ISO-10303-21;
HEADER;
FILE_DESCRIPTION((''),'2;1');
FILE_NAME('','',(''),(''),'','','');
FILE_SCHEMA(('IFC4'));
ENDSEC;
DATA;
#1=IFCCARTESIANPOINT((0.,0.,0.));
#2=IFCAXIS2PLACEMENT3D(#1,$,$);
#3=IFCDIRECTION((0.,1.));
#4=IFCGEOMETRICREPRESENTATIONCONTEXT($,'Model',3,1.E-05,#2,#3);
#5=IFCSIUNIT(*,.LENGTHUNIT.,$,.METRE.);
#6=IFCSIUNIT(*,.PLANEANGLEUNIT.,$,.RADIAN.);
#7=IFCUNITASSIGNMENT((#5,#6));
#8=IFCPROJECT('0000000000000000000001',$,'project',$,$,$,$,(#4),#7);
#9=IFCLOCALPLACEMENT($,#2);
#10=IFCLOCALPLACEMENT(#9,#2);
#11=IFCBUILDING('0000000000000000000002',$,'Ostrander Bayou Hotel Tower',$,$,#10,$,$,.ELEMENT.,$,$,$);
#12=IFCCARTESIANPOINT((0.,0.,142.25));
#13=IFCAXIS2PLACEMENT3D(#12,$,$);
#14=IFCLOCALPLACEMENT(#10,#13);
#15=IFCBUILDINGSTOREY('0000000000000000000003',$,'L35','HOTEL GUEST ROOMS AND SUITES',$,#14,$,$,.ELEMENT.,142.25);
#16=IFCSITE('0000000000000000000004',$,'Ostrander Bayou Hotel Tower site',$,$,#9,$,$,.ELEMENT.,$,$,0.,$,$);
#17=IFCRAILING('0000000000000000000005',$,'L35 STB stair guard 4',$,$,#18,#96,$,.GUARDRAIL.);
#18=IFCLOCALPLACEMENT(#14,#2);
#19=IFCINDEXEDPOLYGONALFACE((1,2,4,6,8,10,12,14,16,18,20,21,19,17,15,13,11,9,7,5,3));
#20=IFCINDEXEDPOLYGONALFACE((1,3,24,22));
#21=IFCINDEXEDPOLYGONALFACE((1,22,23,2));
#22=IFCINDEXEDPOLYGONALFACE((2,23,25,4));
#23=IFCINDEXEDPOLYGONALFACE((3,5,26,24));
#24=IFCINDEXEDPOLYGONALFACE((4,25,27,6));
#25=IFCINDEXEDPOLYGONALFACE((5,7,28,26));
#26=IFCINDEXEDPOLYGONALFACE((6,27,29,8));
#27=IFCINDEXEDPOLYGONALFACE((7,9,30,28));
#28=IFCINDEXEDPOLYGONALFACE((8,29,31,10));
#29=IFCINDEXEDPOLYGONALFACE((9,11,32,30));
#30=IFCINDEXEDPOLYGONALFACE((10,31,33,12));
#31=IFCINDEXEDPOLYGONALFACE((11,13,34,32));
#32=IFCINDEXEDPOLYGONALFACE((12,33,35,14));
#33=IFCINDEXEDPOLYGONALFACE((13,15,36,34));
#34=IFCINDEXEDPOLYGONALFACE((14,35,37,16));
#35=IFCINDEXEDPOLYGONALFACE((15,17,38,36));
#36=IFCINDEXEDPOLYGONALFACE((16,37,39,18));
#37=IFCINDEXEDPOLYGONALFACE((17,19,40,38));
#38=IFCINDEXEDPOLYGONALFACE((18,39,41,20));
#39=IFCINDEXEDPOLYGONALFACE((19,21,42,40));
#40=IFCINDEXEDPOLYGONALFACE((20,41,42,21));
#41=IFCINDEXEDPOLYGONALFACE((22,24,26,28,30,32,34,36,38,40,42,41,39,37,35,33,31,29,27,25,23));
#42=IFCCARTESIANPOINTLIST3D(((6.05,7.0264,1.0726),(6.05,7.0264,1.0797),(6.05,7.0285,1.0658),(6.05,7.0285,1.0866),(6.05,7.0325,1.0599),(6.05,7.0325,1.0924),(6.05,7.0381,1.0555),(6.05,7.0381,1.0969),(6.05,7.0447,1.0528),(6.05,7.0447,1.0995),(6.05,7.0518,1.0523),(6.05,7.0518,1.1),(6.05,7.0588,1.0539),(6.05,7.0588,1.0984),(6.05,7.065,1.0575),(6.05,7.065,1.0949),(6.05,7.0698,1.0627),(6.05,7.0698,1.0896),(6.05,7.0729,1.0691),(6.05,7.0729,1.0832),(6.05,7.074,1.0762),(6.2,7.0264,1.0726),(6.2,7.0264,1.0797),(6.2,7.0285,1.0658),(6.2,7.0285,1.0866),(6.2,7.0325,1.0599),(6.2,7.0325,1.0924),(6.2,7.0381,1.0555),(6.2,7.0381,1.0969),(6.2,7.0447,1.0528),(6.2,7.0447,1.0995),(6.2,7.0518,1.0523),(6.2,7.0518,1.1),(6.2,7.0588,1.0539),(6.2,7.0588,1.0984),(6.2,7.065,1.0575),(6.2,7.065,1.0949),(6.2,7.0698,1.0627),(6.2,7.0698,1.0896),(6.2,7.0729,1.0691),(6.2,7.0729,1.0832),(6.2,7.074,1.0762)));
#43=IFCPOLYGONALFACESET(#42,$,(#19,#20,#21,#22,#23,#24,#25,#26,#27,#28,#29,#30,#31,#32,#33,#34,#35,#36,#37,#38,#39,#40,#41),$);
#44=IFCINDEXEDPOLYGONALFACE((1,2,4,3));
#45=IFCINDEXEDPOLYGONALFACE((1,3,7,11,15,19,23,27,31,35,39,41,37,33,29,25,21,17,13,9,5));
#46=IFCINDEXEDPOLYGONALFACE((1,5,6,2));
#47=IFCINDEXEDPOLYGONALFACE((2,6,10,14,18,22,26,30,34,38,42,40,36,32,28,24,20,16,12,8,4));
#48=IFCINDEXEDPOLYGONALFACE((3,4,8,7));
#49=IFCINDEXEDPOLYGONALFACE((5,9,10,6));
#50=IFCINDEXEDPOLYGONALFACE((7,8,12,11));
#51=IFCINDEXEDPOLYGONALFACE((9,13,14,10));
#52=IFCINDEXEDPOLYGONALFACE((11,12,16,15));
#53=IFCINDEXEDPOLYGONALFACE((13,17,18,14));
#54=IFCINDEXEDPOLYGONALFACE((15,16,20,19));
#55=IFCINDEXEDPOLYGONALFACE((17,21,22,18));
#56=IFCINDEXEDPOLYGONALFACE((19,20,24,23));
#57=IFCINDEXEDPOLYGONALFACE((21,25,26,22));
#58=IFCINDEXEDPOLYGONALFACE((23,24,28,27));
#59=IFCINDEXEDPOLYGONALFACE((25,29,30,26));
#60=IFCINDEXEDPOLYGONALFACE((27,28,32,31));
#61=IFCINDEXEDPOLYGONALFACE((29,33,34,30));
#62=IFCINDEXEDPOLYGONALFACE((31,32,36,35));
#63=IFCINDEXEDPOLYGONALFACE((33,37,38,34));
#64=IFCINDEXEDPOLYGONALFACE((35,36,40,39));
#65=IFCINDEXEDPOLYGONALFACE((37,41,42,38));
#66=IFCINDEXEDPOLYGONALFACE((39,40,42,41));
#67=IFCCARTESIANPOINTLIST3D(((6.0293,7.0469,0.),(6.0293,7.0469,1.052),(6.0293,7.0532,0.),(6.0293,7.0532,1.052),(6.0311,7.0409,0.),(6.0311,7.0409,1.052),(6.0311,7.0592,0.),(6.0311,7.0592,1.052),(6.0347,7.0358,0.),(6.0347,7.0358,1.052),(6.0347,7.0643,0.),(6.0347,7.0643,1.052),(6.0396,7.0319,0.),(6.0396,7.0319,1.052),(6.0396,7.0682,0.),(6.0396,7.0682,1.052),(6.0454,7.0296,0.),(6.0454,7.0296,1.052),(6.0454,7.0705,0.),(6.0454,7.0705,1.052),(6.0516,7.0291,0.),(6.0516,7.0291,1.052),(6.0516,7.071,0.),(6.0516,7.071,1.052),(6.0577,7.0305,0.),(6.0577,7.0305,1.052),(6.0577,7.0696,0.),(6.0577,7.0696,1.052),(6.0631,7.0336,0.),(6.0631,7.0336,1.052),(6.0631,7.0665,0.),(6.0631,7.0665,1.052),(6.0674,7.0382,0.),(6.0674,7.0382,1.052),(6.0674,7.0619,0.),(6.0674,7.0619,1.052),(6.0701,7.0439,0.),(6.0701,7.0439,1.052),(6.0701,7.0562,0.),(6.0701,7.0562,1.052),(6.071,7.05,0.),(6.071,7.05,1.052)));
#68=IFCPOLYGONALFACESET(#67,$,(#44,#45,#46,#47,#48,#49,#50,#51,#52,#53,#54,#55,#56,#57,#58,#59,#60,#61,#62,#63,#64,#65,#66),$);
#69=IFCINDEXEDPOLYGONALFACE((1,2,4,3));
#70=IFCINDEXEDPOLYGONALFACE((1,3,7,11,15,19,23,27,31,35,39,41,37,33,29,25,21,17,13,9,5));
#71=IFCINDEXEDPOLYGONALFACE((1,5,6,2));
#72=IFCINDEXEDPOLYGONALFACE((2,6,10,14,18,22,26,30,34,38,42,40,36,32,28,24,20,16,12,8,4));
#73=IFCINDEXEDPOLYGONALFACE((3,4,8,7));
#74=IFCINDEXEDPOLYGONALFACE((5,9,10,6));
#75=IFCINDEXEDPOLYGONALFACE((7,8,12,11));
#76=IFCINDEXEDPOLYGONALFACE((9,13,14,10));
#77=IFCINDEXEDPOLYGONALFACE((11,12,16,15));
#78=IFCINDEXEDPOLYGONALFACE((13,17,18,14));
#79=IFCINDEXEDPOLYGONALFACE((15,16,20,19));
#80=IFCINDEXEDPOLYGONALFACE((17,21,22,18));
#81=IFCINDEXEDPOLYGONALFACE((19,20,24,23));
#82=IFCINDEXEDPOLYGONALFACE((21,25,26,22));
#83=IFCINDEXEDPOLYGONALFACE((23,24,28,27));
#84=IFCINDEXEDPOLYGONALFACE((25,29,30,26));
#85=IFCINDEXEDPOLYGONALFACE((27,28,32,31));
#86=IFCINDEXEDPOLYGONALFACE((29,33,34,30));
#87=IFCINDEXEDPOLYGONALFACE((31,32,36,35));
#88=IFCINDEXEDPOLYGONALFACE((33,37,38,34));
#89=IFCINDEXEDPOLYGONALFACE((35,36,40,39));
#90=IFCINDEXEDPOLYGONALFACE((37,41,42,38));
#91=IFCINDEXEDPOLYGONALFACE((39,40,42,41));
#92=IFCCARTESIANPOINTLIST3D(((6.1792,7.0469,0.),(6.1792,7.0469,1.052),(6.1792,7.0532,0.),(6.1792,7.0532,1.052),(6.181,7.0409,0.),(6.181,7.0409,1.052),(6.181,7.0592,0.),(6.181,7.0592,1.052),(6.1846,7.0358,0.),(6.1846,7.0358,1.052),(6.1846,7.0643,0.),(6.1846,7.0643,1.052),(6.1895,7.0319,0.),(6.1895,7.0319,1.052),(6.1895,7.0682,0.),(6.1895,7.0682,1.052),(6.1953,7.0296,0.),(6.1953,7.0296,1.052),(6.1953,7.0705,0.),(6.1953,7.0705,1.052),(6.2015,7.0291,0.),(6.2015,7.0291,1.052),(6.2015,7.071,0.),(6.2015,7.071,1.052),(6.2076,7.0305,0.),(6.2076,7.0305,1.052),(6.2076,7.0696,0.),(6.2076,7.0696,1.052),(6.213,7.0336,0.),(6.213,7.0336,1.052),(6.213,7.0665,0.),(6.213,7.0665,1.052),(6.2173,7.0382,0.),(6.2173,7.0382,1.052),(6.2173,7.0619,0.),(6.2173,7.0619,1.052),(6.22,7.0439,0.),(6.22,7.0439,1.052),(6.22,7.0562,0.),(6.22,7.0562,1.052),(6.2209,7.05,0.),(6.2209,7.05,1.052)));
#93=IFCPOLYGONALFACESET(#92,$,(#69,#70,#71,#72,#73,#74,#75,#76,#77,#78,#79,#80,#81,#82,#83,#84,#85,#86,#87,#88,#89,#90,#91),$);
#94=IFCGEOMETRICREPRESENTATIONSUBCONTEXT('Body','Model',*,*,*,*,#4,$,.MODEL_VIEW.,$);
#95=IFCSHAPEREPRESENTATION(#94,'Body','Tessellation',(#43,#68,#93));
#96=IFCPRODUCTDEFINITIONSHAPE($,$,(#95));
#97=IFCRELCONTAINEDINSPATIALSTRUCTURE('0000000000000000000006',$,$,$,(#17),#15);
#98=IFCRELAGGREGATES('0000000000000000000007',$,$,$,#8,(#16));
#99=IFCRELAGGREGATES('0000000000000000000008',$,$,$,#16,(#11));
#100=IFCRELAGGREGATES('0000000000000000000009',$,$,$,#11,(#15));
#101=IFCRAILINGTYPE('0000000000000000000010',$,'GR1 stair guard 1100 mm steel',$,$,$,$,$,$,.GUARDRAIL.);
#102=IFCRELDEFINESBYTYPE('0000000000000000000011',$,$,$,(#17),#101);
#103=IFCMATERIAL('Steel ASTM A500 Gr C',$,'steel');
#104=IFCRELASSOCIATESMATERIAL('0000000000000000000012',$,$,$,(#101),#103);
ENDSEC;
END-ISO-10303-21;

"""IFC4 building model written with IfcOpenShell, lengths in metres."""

from ifc_helpers import new_model, si_unit, direction, frame, origin, origin_2d, place, context, subcontext, project, spatial, circle, extrude, material, type_object, element, save


model = new_model("IFC4")

# Units and contexts
model_context = context("Model", 3, precision=1e-05, world=origin(), true_north=direction((0.0, 1.0)))
body_context = subcontext(model_context, "Body", "Model", "MODEL_VIEW")
ifc_project = project(units=[si_unit("LENGTHUNIT", "METRE"), si_unit("PLANEANGLEUNIT", "RADIAN")], contexts=[model_context])

# Site, building, storey
site_placement = place(None, origin())
site = spatial("IfcSite", under=ifc_project, at=site_placement, Name="Ostrander Bayou Hotel Tower site", CompositionType="ELEMENT", RefElevation=0.0)
building_placement = place(site_placement, origin())
building = spatial("IfcBuilding", under=site, at=building_placement, Name="Ostrander Bayou Hotel Tower", CompositionType="ELEMENT")
storey_placement = place(building_placement, frame((0.0, 0.0, 142.25)))
storey = spatial("IfcBuildingStorey", under=building, at=storey_placement, Name="L35", Description="HOTEL GUEST ROOMS AND SUITES", CompositionType="ELEMENT", Elevation=142.25)

# Railing
ifc_material_1 = material(Name="Steel ASTM A500 Gr C", Category="steel")
railing_type_1 = type_object("IfcRailingType", Name="GR1 stair guard 1100 mm steel", PredefinedType="GUARDRAIL", material=ifc_material_1)
railing_1_placement = place(storey_placement, frame((6.05, 7.05, 0.0)))
element("IfcRailing", 1, at=railing_1_placement, inside=storey, type_object=railing_type_1, Name="L35 STB stair guard 4", PredefinedType="GUARDRAIL", context=body_context, shape_type="SweptSolid", body=[
    extrude(circle(Radius=0.0239, at=origin_2d()), frame((0.0, 0.0, 1.0762), z_axis=(1.0, 0.0, 0.0), x_axis=(0.0, 1.0, 0.0)), (0.0, 0.0, 1.0), 0.1499),
    extrude(circle(Radius=0.021, at=origin_2d()), origin(), (0.0, 0.0, 1.0), 1.052),
    extrude(circle(Radius=0.021, at=origin_2d()), frame((0.1499, 0.0, 0.0)), (0.0, 0.0, 1.0), 1.052),
])

save(model, "model.ifc")
